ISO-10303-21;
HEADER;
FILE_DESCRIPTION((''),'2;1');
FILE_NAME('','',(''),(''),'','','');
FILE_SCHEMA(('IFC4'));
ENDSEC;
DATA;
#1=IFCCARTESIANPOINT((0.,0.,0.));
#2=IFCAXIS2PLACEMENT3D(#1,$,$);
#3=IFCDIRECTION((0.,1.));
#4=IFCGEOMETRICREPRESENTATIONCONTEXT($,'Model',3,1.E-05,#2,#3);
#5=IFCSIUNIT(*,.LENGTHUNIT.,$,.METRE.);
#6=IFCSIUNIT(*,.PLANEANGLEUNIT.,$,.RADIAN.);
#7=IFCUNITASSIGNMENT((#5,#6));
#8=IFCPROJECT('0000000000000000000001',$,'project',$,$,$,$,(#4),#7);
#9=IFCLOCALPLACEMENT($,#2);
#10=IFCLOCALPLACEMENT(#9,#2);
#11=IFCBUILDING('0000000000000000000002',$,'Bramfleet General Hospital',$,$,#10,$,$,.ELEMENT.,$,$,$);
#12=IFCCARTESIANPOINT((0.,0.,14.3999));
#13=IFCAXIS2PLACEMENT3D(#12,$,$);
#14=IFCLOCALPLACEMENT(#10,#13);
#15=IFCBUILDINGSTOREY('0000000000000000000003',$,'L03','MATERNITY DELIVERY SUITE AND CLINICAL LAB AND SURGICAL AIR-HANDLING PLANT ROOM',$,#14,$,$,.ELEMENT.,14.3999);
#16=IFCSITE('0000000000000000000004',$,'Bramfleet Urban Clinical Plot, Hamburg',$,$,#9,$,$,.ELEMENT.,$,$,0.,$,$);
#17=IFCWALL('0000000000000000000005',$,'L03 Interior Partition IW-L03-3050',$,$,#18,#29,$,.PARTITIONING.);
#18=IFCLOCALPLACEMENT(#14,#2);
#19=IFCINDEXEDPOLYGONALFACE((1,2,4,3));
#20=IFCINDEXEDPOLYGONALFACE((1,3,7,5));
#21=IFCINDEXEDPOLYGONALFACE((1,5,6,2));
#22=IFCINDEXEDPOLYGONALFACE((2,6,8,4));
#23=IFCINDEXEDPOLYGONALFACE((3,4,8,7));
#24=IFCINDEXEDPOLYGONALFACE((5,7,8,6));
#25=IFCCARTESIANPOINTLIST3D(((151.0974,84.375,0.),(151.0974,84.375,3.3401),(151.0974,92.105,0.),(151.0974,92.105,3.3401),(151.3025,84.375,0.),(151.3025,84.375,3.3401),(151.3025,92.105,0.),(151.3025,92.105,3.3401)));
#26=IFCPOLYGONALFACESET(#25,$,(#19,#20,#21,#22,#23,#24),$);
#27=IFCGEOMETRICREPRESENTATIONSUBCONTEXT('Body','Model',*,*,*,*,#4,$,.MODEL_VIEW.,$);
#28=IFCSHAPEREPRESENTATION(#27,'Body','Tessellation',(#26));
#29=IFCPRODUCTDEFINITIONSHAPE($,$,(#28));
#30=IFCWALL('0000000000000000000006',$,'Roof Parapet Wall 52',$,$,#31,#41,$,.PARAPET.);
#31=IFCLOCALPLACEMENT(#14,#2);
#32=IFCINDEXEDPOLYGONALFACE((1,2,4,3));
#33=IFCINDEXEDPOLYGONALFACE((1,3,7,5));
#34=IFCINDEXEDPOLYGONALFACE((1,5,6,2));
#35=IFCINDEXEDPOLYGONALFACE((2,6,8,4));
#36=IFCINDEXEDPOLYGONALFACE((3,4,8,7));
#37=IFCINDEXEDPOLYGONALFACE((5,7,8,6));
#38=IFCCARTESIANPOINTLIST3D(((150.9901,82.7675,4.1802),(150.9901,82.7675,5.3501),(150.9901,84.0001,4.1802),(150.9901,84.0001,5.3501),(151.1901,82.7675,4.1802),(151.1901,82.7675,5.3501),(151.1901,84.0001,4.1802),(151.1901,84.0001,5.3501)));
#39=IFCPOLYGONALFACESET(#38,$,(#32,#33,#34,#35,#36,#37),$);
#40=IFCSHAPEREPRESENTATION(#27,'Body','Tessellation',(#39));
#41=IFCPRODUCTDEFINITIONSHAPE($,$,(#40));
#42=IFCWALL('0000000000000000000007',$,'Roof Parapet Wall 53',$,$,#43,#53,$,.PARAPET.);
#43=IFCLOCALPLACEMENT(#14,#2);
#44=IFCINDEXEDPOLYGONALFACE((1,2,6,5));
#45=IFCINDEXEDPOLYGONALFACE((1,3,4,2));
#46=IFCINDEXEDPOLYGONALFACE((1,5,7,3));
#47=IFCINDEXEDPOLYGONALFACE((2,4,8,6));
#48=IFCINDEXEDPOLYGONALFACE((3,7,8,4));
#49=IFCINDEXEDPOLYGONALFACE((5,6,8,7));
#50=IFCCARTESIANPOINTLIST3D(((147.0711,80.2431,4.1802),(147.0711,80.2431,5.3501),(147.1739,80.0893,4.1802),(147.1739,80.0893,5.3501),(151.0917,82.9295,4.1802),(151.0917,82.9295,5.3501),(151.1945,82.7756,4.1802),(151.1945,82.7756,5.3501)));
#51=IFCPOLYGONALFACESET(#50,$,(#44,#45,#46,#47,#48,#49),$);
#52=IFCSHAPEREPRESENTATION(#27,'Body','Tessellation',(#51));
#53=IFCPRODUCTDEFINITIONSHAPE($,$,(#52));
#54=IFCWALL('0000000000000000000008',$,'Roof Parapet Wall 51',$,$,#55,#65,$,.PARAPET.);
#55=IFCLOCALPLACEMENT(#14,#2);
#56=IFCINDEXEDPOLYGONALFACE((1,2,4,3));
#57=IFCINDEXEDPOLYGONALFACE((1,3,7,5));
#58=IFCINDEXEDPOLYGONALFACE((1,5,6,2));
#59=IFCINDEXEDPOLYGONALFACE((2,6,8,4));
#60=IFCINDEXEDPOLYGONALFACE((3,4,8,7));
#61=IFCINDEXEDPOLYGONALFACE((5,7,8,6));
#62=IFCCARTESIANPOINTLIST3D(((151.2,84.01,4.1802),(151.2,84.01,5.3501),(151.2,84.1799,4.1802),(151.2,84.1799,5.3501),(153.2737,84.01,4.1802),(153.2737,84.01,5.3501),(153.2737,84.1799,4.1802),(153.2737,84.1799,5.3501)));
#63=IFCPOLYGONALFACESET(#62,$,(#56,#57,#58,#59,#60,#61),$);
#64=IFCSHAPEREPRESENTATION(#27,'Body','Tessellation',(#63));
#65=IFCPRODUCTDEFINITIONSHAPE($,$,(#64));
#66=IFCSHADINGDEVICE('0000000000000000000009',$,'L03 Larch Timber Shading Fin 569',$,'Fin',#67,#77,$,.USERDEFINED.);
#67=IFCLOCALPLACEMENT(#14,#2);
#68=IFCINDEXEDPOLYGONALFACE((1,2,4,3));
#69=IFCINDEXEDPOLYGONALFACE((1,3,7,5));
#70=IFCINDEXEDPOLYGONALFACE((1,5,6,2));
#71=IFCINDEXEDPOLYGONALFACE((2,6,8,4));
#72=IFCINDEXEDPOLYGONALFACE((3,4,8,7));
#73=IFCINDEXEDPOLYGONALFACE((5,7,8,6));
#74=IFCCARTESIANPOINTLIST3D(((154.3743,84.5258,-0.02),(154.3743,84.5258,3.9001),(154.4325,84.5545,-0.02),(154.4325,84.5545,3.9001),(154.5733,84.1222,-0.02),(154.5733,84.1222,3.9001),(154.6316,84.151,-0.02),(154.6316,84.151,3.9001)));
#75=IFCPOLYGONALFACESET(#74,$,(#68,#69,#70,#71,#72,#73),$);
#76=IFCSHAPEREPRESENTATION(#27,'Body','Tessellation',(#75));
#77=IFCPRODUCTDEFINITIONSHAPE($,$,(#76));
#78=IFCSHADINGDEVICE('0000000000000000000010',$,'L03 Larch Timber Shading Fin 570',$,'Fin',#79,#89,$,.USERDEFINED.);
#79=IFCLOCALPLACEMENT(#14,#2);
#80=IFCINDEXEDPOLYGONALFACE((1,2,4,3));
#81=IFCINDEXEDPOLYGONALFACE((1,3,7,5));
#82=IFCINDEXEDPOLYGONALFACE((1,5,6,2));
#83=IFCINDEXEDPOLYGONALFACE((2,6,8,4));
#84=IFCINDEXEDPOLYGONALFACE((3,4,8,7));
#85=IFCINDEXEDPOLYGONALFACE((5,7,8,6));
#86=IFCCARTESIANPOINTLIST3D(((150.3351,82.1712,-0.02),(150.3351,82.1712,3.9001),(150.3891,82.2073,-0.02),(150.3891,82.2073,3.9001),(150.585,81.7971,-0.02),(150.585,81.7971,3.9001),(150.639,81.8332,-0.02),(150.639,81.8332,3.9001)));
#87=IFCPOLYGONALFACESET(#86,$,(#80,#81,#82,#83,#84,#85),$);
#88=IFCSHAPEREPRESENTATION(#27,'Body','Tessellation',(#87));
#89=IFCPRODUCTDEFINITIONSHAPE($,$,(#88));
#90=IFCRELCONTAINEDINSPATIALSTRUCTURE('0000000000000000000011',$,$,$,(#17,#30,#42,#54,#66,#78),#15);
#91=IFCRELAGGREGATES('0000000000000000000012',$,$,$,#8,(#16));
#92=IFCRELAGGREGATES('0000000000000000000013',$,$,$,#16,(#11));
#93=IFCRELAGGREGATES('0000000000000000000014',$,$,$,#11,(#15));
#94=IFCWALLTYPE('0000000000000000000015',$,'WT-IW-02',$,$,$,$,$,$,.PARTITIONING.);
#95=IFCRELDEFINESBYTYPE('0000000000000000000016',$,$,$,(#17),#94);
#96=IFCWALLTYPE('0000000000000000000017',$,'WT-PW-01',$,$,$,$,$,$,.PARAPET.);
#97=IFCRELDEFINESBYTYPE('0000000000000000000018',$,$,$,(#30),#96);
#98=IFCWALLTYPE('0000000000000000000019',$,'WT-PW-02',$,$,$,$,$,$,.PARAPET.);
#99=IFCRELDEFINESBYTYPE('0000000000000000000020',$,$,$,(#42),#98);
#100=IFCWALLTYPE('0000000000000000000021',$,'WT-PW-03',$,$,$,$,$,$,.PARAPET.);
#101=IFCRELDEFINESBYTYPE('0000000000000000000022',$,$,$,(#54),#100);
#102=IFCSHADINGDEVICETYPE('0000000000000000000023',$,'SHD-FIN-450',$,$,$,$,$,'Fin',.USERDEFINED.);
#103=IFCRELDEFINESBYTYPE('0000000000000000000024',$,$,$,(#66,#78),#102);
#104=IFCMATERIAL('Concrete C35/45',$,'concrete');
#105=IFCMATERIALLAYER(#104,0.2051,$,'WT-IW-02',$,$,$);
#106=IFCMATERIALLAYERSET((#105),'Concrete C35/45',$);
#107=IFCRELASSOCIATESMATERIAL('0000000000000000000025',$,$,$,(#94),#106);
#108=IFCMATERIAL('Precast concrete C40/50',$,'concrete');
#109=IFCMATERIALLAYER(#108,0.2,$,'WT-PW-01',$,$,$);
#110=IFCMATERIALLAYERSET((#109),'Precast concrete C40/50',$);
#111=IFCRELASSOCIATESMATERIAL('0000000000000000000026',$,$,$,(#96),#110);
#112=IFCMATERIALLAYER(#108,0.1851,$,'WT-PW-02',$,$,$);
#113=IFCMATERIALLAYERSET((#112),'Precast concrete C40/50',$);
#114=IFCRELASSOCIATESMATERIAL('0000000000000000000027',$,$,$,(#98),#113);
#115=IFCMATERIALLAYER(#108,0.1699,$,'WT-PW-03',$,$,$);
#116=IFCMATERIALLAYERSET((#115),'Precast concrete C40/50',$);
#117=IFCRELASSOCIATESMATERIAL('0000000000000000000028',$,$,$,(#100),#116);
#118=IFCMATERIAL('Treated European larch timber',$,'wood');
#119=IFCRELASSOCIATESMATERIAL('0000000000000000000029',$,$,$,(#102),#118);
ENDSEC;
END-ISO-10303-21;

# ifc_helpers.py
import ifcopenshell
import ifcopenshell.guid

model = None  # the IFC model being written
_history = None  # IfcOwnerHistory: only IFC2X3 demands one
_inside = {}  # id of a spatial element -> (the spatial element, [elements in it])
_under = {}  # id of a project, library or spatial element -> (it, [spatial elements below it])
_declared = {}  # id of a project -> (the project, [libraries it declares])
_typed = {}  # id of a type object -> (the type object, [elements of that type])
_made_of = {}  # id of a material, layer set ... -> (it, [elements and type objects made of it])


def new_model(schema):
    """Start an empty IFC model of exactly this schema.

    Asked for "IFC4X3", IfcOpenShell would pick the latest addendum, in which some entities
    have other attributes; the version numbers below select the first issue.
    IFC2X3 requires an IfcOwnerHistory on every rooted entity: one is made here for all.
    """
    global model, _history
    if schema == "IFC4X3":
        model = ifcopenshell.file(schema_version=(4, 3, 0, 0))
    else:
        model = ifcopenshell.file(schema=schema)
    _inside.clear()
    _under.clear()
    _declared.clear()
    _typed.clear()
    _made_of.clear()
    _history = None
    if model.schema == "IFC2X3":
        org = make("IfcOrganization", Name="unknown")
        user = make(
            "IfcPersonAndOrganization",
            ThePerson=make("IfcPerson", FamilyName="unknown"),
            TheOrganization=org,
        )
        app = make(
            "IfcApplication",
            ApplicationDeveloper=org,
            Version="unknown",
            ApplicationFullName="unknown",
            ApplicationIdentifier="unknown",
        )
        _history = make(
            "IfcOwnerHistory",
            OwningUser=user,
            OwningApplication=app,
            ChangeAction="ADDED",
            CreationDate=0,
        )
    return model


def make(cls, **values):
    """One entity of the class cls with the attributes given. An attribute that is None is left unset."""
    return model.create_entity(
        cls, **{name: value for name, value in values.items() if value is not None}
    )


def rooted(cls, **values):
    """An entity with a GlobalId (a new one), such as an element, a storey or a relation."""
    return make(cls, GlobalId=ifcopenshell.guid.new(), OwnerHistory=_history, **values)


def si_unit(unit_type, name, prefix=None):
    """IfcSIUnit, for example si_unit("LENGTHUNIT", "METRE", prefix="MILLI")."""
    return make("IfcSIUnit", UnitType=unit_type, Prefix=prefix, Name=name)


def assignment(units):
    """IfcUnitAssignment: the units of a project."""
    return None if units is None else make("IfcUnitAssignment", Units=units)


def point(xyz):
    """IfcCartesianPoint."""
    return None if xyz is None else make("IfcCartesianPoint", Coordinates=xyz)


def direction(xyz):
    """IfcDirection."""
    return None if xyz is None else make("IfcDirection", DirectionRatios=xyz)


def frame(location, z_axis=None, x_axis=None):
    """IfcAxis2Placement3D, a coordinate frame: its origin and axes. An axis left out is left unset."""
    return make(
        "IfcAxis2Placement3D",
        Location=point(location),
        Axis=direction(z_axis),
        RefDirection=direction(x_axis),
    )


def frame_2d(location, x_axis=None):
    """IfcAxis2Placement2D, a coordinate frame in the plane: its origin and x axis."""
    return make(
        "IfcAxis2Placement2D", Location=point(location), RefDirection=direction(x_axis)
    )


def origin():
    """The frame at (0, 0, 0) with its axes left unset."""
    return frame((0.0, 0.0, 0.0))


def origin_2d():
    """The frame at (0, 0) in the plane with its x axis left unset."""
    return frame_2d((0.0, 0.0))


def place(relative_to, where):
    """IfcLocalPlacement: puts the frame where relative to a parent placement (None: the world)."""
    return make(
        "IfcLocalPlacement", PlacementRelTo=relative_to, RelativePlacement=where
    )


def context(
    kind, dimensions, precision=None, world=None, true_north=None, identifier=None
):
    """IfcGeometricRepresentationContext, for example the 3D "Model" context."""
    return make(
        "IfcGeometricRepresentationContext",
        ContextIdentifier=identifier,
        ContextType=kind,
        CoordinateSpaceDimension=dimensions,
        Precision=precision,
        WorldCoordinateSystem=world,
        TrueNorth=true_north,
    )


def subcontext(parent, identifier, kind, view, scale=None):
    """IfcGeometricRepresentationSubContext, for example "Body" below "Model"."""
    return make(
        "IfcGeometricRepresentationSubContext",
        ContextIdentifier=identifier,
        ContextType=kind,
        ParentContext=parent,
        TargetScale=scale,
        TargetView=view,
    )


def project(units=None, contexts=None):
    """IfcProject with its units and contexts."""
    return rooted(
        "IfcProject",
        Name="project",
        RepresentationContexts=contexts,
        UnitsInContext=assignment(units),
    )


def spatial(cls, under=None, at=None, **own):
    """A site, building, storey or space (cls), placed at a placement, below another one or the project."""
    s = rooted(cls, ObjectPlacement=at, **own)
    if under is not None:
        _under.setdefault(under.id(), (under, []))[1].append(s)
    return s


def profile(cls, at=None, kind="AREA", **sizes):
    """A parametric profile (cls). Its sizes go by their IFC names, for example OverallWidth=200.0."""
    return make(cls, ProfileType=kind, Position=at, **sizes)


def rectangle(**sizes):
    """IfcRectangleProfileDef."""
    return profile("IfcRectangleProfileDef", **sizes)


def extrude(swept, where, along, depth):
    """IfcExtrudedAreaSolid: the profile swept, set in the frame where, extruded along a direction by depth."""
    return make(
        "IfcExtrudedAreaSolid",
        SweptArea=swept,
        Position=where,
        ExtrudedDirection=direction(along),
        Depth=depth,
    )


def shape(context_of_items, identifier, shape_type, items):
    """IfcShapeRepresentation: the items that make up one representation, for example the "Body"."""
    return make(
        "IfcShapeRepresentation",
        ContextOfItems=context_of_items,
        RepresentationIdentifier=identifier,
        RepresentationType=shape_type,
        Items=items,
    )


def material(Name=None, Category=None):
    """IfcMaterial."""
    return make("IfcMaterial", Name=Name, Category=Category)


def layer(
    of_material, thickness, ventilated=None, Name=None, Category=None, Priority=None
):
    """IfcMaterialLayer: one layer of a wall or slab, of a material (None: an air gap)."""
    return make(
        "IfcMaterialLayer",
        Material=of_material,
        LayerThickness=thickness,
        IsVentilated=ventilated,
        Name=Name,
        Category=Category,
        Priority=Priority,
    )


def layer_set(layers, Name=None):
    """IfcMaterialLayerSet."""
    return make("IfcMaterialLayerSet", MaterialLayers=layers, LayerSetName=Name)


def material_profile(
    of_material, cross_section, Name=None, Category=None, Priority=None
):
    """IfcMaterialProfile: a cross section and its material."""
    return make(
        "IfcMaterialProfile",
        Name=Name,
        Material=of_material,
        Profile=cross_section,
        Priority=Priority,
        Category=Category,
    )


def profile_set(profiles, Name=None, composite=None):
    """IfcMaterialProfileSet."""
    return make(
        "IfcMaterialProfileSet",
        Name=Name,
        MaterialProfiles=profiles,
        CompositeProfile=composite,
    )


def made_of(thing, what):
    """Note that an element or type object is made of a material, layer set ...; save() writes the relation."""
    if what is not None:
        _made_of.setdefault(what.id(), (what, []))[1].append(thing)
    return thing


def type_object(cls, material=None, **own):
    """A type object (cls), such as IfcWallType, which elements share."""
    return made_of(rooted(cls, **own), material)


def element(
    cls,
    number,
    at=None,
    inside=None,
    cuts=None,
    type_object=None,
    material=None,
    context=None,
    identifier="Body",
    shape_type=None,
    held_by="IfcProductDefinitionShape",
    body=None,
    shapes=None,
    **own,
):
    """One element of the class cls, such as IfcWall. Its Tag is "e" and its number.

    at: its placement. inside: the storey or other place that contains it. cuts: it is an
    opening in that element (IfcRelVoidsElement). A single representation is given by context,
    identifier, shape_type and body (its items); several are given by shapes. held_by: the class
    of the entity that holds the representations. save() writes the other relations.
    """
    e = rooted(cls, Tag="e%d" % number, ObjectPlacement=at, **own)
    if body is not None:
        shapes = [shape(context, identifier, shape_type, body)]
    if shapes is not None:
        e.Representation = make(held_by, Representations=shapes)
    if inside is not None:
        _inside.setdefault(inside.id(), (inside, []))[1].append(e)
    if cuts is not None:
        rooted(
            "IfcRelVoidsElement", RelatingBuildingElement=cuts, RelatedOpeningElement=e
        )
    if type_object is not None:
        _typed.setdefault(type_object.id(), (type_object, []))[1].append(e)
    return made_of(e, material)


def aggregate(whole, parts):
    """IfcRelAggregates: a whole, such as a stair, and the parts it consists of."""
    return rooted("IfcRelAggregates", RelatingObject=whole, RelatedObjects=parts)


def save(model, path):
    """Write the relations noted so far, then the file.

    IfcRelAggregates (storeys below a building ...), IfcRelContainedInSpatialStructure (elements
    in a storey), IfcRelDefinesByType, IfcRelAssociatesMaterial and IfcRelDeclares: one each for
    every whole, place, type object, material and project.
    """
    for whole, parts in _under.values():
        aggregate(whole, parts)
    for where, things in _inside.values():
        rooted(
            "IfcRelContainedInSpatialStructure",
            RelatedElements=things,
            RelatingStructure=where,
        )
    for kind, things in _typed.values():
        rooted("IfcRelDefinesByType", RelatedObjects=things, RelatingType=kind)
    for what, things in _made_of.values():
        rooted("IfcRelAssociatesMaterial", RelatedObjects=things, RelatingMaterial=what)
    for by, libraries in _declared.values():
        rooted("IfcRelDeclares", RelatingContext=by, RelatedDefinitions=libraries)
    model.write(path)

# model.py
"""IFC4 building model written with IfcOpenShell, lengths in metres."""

from ifc_helpers import new_model, si_unit, direction, frame, frame_2d, origin, origin_2d, place, context, subcontext, project, spatial, rectangle, extrude, material, layer, layer_set, material_profile, profile_set, type_object, element, save


model = new_model("IFC4")

# Units and contexts
model_context = context("Model", 3, precision=1e-05, world=origin(), true_north=direction((0.0, 1.0)))
body_context = subcontext(model_context, "Body", "Model", "MODEL_VIEW")
ifc_project = project(units=[si_unit("LENGTHUNIT", "METRE"), si_unit("PLANEANGLEUNIT", "RADIAN")], contexts=[model_context])

# Site, building, storey
site_placement = place(None, origin())
site = spatial("IfcSite", under=ifc_project, at=site_placement, Name="Bramfleet Urban Clinical Plot, Hamburg", CompositionType="ELEMENT", RefElevation=0.0)
building_placement = place(site_placement, origin())
building = spatial("IfcBuilding", under=site, at=building_placement, Name="Bramfleet General Hospital", CompositionType="ELEMENT")
storey_placement = place(building_placement, frame((0.0, 0.0, 14.3999)))
storey = spatial("IfcBuildingStorey", under=building, at=storey_placement, Name="L03", Description="MATERNITY DELIVERY SUITE AND CLINICAL LAB AND SURGICAL AIR-HANDLING PLANT ROOM", CompositionType="ELEMENT", Elevation=14.3999)

# Shared definitions
ifc_material_1 = material(Name="Concrete C35/45", Category="concrete")

# Walls
ifc_material_2 = material(Name="Precast concrete C40/50", Category="concrete")
ifc_layer_1 = layer(ifc_material_1, 0.2051, Name="WT-IW-02")
ifc_layer_set_1 = layer_set([ifc_layer_1], Name="Concrete C35/45")
wall_type_1 = type_object("IfcWallType", Name="WT-IW-02", PredefinedType="PARTITIONING", material=ifc_layer_set_1)
wall_1_placement = place(storey_placement, frame((151.2, 84.375, 0.0), z_axis=(0.0, 0.0, 1.0), x_axis=(0.0, 1.0, 0.0)))
element("IfcWall", 1, at=wall_1_placement, inside=storey, type_object=wall_type_1, Name="L03 Interior Partition IW-L03-3050", PredefinedType="PARTITIONING", context=body_context, shape_type="SweptSolid", body=[
    extrude(rectangle(XDim=7.73, YDim=0.2051, at=frame_2d((3.865, 0.0))), origin(), (0.0, 0.0, 1.0), 3.3401),
])
ifc_layer_2 = layer(ifc_material_2, 0.2, Name="WT-PW-01")
ifc_layer_set_2 = layer_set([ifc_layer_2], Name="Precast concrete C40/50")
wall_type_2 = type_object("IfcWallType", Name="WT-PW-01", PredefinedType="PARAPET", material=ifc_layer_set_2)
wall_2_placement = place(storey_placement, frame((151.0901, 84.0, 4.1802), z_axis=(0.0, 0.0, 1.0), x_axis=(0.0, -1.0, 0.0)))
element("IfcWall", 2, at=wall_2_placement, inside=storey, type_object=wall_type_2, Name="Roof Parapet Wall 52", PredefinedType="PARAPET", context=body_context, shape_type="SweptSolid", body=[
    extrude(rectangle(XDim=1.2327, YDim=0.2, at=frame_2d((0.6162, 0.0))), origin(), (0.0, 0.0, 1.0), 1.1699),
])
ifc_layer_3 = layer(ifc_material_2, 0.1851, Name="WT-PW-02")
ifc_layer_set_3 = layer_set([ifc_layer_3], Name="Precast concrete C40/50")
wall_type_3 = type_object("IfcWallType", Name="WT-PW-02", PredefinedType="PARAPET", material=ifc_layer_set_3)
wall_3_placement = place(storey_placement, frame((151.1431, 82.8525, 4.1802), z_axis=(0.0, 0.0, 1.0), x_axis=(-0.831483, -0.55555, 0.0)))
element("IfcWall", 3, at=wall_3_placement, inside=storey, type_object=wall_type_3, Name="Roof Parapet Wall 53", PredefinedType="PARAPET", context=body_context, shape_type="SweptSolid", body=[
    extrude(rectangle(XDim=4.8354, YDim=0.1851, at=frame_2d((2.4177, 0.0))), origin(), (0.0, 0.0, 1.0), 1.1699),
])
ifc_layer_4 = layer(ifc_material_2, 0.1699, Name="WT-PW-03")
ifc_layer_set_4 = layer_set([ifc_layer_4], Name="Precast concrete C40/50")
wall_type_4 = type_object("IfcWallType", Name="WT-PW-03", PredefinedType="PARAPET", material=ifc_layer_set_4)
wall_4_placement = place(storey_placement, frame((153.2737, 84.095, 4.1802), z_axis=(0.0, 0.0, 1.0), x_axis=(-1.0, 0.0, 0.0)))
element("IfcWall", 4, at=wall_4_placement, inside=storey, type_object=wall_type_4, Name="Roof Parapet Wall 51", PredefinedType="PARAPET", context=body_context, shape_type="SweptSolid", body=[
    extrude(rectangle(XDim=2.0737, YDim=0.1699, at=frame_2d((1.0369, 0.0))), origin(), (0.0, 0.0, 1.0), 1.1699),
])

# Shading devices
ifc_material_3 = material(Name="Treated European larch timber", Category="wood")
ifc_material_profile_1 = material_profile(ifc_material_3, rectangle(XDim=0.0649, YDim=0.45, at=origin_2d()), Name="LARCH FIN 450x65")
ifc_profile_set_1 = profile_set([ifc_material_profile_1], Name="Treated European larch timber")
shading_device_type = type_object("IfcShadingDeviceType", Name="SHD-FIN-450", ElementType="Fin", PredefinedType="USERDEFINED", material=ifc_profile_set_1)
for number, where, z_axis, x_axis, name in (
    (5, (154.5029, 84.3384, -0.02), (0.0, 0.0, 1.0), (-0.896865, -0.442305, 0.0), "L03 Larch Timber Shading Fin 569"),
    (6, (150.4871, 82.0022, -0.02), (0.0, 0.0, 1.0), (-0.831541, -0.555464, 0.0), "L03 Larch Timber Shading Fin 570"),
):
    element("IfcShadingDevice", number, at=place(storey_placement, frame(where, z_axis=z_axis, x_axis=x_axis)), inside=storey, type_object=shading_device_type, Name=name, ObjectType="Fin", PredefinedType="USERDEFINED", context=body_context, shape_type="SweptSolid", body=[
        extrude(rectangle(XDim=0.0649, YDim=0.45, at=origin_2d()), origin(), (0.0, 0.0, 1.0), 3.9202),
    ])

save(model, "model.ifc")
